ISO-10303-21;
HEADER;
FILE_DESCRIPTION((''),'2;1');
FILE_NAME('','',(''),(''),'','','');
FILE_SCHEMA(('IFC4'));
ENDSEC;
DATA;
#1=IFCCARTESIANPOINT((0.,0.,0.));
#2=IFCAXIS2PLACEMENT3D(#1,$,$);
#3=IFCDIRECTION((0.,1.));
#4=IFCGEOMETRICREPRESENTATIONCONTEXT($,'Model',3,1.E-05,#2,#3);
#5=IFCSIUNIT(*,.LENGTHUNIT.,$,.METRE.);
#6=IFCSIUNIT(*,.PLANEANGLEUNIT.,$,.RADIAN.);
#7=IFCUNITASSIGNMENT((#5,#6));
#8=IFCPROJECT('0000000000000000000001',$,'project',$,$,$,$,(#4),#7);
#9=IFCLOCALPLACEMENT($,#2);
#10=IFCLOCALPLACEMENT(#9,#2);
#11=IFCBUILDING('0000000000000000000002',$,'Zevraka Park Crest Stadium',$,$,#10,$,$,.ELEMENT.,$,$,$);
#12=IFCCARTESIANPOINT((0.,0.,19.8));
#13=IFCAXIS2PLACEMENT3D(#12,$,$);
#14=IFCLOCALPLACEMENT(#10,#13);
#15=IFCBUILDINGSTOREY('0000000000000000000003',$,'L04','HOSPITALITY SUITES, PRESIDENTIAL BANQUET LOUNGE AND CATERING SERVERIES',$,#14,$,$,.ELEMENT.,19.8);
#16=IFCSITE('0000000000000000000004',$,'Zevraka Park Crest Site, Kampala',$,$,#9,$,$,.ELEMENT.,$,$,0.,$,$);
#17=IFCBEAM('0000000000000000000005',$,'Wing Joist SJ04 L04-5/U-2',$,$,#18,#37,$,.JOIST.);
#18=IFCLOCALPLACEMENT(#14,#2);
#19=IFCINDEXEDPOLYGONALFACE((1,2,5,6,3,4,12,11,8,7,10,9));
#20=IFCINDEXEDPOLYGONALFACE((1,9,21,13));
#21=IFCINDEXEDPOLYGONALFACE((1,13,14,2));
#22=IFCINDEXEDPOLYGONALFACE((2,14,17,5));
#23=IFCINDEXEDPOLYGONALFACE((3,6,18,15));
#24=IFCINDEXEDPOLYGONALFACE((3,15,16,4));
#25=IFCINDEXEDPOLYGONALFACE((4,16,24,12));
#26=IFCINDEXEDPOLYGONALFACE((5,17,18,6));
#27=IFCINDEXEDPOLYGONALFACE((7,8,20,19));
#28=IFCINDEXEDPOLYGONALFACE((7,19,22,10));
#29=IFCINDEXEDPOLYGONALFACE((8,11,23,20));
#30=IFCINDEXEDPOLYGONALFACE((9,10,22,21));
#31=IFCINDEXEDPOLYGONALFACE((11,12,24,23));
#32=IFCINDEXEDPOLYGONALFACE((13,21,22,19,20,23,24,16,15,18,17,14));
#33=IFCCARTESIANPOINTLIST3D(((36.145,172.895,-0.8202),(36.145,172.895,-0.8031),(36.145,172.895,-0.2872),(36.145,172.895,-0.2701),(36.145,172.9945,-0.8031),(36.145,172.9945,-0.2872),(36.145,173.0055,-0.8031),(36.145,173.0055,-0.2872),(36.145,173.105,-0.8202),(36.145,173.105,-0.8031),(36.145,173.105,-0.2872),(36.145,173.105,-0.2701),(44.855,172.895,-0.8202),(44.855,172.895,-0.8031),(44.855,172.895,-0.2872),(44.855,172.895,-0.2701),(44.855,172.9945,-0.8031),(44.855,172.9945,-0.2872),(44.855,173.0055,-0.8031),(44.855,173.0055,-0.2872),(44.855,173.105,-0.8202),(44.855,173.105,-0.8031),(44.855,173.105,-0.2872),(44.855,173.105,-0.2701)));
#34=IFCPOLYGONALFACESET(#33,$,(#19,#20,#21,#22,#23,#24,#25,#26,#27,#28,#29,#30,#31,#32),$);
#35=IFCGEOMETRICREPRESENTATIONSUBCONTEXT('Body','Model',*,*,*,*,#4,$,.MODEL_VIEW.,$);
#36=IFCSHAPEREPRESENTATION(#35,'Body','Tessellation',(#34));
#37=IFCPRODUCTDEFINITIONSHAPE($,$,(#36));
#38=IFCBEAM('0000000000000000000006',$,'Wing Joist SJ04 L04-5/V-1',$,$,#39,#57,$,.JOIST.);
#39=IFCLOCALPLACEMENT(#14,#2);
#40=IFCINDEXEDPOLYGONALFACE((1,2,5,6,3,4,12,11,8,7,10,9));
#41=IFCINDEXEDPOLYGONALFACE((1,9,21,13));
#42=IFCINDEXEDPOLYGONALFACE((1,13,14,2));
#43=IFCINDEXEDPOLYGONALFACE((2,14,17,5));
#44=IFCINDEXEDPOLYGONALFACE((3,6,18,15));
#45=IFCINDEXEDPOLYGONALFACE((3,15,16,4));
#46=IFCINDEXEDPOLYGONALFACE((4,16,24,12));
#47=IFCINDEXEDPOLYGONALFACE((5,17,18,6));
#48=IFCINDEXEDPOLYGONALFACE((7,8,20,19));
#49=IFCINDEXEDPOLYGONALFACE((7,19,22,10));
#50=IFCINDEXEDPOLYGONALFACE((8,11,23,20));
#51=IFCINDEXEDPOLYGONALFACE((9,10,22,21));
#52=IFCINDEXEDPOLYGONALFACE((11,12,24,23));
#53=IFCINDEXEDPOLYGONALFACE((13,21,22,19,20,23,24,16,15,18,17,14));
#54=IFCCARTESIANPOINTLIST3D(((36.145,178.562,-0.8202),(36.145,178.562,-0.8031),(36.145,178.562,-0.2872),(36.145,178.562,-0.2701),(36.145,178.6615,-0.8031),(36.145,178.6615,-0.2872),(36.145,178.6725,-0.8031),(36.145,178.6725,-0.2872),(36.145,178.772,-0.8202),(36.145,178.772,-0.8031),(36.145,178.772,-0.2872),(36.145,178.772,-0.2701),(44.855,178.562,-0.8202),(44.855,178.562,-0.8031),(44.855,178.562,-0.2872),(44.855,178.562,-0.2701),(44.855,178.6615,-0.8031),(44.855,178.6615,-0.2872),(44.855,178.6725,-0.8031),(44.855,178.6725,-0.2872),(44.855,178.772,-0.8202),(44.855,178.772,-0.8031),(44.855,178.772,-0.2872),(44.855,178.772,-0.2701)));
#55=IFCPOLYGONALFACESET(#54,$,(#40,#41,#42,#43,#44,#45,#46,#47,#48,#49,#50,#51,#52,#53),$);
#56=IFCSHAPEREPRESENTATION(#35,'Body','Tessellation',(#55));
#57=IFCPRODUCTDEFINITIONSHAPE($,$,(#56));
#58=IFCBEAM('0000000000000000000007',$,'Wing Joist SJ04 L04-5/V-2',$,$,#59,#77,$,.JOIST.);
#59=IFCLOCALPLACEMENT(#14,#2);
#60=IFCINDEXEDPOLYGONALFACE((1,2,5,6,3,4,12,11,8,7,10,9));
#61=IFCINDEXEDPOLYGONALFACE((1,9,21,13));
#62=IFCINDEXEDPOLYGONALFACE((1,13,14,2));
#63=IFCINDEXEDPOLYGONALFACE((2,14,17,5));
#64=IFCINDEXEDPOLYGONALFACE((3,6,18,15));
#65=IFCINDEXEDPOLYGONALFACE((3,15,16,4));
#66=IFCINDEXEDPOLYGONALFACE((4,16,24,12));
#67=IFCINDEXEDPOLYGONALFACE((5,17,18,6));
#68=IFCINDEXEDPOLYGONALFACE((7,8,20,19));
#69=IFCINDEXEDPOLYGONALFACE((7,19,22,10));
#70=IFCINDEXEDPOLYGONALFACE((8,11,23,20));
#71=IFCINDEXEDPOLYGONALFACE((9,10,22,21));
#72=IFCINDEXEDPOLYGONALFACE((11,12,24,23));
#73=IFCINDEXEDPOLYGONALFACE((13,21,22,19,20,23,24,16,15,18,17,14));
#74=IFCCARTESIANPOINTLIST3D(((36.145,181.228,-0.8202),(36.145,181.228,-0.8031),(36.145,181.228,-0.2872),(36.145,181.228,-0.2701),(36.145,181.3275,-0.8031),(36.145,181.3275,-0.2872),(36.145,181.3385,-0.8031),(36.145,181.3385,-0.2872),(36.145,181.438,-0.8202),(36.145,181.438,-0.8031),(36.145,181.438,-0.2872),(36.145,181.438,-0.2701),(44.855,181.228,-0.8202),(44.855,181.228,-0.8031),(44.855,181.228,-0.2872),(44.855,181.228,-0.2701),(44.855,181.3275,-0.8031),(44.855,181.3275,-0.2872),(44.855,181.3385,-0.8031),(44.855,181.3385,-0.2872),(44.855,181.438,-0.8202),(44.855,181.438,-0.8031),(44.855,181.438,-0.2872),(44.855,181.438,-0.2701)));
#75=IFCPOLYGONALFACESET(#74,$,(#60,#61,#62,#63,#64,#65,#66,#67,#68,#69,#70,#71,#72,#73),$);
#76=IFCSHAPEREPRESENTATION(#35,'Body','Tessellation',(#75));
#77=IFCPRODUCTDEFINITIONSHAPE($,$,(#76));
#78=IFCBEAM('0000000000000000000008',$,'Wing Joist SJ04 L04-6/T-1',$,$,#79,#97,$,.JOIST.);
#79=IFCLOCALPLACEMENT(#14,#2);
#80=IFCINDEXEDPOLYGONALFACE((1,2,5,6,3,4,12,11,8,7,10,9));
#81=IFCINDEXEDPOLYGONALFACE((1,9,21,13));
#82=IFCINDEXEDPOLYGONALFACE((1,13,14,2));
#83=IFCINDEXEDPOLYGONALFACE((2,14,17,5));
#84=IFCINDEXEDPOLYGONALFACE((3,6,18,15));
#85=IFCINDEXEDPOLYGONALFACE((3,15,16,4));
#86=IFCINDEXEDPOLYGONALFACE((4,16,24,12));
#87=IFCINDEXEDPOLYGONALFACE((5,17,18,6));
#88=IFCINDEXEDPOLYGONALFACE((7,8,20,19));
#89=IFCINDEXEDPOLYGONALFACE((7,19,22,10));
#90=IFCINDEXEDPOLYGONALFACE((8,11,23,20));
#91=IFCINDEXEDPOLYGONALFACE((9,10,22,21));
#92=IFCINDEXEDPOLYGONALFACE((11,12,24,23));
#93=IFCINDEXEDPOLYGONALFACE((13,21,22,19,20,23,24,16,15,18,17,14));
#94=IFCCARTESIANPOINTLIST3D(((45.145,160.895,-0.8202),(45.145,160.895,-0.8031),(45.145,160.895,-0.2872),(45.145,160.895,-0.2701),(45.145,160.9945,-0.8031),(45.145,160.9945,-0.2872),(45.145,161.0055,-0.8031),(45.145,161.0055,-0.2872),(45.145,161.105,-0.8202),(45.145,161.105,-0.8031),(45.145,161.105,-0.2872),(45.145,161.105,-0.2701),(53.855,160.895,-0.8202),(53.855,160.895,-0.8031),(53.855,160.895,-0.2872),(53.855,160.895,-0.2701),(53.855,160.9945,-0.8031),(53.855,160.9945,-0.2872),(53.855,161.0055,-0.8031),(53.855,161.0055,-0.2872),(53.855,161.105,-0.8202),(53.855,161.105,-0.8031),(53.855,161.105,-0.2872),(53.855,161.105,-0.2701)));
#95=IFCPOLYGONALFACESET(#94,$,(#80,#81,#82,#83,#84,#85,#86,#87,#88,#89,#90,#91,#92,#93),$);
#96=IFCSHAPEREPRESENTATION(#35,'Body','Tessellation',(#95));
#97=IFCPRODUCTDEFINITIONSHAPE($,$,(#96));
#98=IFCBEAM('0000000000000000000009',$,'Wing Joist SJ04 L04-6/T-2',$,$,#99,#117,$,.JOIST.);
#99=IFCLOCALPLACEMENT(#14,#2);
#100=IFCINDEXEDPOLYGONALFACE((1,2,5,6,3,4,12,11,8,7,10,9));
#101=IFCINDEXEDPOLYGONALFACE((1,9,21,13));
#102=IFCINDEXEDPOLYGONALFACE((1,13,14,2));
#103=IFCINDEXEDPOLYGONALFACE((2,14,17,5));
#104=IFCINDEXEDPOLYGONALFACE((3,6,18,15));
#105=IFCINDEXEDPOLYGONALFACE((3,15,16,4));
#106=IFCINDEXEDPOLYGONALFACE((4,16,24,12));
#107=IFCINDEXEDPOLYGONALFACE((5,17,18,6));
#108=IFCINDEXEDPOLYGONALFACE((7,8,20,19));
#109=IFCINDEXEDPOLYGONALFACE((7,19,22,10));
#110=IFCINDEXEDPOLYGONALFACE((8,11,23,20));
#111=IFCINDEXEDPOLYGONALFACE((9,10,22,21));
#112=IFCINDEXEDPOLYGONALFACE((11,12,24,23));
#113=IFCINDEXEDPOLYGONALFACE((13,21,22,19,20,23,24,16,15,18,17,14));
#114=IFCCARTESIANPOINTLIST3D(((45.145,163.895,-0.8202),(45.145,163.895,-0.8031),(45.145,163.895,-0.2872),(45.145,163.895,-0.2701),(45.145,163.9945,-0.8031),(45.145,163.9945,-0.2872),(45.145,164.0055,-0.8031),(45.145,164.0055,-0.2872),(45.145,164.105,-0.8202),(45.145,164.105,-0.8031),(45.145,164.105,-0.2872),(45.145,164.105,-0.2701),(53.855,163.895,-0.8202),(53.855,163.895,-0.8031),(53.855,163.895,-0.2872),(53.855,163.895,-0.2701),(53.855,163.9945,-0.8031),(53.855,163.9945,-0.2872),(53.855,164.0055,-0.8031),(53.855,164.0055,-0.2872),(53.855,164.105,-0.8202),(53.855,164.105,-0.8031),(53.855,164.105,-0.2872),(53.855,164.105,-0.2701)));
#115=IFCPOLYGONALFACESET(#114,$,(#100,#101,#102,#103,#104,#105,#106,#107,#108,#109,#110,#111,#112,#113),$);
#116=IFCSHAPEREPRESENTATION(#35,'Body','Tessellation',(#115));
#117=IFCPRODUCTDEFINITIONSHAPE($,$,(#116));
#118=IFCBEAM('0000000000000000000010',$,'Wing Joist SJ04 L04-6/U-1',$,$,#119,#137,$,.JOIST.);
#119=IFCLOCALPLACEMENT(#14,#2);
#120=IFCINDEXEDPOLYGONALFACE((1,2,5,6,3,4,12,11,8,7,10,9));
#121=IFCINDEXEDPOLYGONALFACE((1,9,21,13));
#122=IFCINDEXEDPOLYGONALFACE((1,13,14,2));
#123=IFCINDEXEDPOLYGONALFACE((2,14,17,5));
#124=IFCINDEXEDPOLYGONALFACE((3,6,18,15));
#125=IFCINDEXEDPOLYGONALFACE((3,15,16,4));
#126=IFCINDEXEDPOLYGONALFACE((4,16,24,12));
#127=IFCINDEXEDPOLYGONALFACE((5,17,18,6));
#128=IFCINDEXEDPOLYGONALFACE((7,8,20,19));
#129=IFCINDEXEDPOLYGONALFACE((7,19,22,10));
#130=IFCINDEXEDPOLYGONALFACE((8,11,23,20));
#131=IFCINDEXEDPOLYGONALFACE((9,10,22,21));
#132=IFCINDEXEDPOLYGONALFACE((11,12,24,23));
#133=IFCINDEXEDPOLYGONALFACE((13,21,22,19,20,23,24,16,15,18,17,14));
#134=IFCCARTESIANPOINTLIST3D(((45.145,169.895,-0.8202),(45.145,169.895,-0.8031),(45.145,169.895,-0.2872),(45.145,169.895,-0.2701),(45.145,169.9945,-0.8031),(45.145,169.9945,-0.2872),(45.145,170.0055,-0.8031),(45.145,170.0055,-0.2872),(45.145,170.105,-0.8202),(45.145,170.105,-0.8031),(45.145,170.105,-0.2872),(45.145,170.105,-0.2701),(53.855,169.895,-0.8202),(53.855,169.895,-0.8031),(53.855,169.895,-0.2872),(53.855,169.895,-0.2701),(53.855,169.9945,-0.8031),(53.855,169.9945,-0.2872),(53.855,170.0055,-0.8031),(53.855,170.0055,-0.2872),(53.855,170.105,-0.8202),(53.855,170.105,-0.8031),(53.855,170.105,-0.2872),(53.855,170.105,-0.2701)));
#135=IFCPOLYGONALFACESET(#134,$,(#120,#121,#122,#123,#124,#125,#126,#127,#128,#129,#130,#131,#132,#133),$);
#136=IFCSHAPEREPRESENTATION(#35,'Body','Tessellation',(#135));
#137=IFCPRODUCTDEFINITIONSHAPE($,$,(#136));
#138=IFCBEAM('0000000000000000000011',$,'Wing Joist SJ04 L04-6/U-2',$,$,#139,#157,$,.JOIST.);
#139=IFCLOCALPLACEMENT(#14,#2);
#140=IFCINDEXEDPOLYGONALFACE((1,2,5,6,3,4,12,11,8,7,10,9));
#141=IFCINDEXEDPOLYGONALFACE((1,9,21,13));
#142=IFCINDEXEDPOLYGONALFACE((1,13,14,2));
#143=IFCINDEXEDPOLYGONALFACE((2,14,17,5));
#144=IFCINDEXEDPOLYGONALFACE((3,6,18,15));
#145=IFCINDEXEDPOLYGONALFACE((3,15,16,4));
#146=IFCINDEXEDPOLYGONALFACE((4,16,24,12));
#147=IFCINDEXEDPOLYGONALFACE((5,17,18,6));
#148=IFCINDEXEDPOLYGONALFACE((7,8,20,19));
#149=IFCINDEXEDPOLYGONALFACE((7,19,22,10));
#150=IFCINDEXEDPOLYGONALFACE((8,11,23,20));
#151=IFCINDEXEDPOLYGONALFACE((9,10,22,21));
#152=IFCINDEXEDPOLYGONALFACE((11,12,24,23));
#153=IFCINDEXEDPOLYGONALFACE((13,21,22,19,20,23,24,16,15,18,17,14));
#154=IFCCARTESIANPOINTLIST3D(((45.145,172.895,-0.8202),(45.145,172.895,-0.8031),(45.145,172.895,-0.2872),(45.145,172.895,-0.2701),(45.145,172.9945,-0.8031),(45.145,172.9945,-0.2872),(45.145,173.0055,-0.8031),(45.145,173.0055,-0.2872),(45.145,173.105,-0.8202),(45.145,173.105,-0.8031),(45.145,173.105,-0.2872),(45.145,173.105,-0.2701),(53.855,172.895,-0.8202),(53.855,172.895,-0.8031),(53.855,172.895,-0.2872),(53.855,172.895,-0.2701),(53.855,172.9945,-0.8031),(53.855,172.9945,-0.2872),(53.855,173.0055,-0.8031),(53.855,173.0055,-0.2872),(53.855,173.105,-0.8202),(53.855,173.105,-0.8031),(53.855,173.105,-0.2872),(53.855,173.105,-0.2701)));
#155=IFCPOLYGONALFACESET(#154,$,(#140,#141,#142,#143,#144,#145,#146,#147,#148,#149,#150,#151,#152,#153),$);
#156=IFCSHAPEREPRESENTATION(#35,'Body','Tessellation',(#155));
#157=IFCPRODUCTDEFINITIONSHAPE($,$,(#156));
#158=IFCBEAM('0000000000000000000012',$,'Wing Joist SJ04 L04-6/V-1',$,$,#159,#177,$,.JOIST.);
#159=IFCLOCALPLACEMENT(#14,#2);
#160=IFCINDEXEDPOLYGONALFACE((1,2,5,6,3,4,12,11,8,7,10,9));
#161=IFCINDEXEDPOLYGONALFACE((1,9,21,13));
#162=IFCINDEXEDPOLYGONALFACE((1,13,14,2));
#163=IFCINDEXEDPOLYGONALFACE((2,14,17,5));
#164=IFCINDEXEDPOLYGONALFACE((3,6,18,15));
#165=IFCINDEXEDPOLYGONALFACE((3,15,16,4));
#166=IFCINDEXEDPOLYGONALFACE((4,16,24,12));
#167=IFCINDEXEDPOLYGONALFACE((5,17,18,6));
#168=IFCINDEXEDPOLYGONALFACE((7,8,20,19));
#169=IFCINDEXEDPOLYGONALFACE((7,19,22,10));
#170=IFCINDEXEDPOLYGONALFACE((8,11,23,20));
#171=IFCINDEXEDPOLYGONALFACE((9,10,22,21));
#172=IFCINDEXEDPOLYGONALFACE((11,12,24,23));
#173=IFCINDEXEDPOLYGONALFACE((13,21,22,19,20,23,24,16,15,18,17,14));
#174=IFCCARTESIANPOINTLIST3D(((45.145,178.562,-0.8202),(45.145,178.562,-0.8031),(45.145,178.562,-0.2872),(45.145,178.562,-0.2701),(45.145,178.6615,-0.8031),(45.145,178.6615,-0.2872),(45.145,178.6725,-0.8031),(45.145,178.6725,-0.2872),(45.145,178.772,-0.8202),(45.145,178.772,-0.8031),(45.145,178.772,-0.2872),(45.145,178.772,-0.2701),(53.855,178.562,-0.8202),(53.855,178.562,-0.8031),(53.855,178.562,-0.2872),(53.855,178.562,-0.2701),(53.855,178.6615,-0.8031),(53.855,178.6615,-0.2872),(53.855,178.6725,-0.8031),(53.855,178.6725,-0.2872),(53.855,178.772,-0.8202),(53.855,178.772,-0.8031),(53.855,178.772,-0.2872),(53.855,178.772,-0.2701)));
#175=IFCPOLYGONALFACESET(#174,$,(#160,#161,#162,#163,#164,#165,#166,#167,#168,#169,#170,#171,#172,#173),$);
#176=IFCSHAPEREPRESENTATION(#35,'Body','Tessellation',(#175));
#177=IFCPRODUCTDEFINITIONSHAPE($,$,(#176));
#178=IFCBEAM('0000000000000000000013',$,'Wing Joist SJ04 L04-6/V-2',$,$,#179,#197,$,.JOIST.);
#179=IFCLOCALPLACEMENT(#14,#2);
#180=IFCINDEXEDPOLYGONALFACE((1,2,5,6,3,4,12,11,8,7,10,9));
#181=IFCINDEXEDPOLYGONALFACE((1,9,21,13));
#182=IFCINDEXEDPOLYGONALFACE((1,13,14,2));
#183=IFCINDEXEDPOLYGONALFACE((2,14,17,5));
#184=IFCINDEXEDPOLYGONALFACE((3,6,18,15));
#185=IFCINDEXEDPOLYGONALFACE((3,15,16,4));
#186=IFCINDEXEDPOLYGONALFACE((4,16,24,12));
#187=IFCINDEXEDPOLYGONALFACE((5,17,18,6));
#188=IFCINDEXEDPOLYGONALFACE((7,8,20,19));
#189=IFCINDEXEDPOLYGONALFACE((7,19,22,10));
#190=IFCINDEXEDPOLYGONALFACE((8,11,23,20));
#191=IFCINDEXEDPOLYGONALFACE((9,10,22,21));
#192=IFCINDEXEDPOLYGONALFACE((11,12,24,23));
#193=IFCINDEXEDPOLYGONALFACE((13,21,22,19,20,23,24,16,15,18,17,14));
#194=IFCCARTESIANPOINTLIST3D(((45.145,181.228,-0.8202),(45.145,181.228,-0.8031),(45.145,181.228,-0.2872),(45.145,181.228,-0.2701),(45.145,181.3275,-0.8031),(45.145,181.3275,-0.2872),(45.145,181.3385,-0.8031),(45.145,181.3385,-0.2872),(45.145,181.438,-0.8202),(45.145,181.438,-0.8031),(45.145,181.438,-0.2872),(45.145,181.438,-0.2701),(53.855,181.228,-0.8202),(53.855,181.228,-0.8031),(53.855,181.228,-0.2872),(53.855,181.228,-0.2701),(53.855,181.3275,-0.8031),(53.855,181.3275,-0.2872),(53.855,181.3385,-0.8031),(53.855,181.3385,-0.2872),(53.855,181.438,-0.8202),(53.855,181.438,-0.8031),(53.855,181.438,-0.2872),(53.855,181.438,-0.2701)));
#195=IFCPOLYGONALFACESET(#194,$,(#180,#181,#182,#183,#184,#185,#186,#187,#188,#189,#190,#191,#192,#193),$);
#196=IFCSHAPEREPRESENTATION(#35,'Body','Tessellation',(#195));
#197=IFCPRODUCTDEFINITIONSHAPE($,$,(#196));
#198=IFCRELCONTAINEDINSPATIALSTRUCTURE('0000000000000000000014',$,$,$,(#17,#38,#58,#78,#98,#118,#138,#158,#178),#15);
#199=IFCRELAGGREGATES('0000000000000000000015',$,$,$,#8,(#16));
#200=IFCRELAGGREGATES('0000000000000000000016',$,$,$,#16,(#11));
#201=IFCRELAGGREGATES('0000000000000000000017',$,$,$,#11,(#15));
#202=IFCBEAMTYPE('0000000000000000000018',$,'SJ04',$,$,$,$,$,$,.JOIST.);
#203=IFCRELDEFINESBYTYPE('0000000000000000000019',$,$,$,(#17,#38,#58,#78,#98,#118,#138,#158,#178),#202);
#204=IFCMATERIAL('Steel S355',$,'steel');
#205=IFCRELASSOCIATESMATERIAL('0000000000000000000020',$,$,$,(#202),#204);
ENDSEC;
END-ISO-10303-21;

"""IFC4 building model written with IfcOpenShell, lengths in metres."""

from ifc_helpers import new_model, si_unit, direction, frame, origin, origin_2d, place, context, subcontext, project, spatial, i_section, extrude, material, material_profile, profile_set, type_object, element, save


model = new_model("IFC4")

# Units and contexts
model_context = context("Model", 3, precision=1e-05, world=origin(), true_north=direction((0.0, 1.0)))
body_context = subcontext(model_context, "Body", "Model", "MODEL_VIEW")
ifc_project = project(units=[si_unit("LENGTHUNIT", "METRE"), si_unit("PLANEANGLEUNIT", "RADIAN")], contexts=[model_context])

# Site, building, storey
site_placement = place(None, origin())
site = spatial("IfcSite", under=ifc_project, at=site_placement, Name="Zevraka Park Crest Site, Kampala", CompositionType="ELEMENT", RefElevation=0.0)
building_placement = place(site_placement, origin())
building = spatial("IfcBuilding", under=site, at=building_placement, Name="Zevraka Park Crest Stadium", CompositionType="ELEMENT")
storey_placement = place(building_placement, frame((0.0, 0.0, 19.8)))
storey = spatial("IfcBuildingStorey", under=building, at=storey_placement, Name="L04", Description="HOSPITALITY SUITES, PRESIDENTIAL BANQUET LOUNGE AND CATERING SERVERIES", CompositionType="ELEMENT", Elevation=19.8)

# Beams
ifc_material_1 = material(Name="Steel S355", Category="steel")
ifc_material_profile_1 = material_profile(ifc_material_1, i_section(OverallWidth=0.21, OverallDepth=0.55, WebThickness=0.011, FlangeThickness=0.0171, at=origin_2d()), Name="IPE 550")
ifc_profile_set_1 = profile_set([ifc_material_profile_1], Name="Steel S355")
beam_type_1 = type_object("IfcBeamType", Name="SJ04", PredefinedType="JOIST", material=ifc_profile_set_1)
for number, where, z_axis, x_axis, name in (
    (1, (36.145, 173.0, -0.5452), (1.0, 0.0, 0.0), (0.0, 1.0, 0.0), "Wing Joist SJ04 L04-5/U-2"),
    (2, (36.145, 178.667, -0.5452), (1.0, 0.0, 0.0), (0.0, 1.0, 0.0), "Wing Joist SJ04 L04-5/V-1"),
    (3, (36.145, 181.333, -0.5452), (1.0, 0.0, 0.0), (0.0, 1.0, 0.0), "Wing Joist SJ04 L04-5/V-2"),
    (4, (45.145, 161.0, -0.5452), (1.0, 0.0, 0.0), (0.0, 1.0, 0.0), "Wing Joist SJ04 L04-6/T-1"),
    (5, (45.145, 164.0, -0.5452), (1.0, 0.0, 0.0), (0.0, 1.0, 0.0), "Wing Joist SJ04 L04-6/T-2"),
    (6, (45.145, 170.0, -0.5452), (1.0, 0.0, 0.0), (0.0, 1.0, 0.0), "Wing Joist SJ04 L04-6/U-1"),
    (7, (45.145, 173.0, -0.5452), (1.0, 0.0, 0.0), (0.0, 1.0, 0.0), "Wing Joist SJ04 L04-6/U-2"),
    (8, (45.145, 178.667, -0.5452), (1.0, 0.0, 0.0), (0.0, 1.0, 0.0), "Wing Joist SJ04 L04-6/V-1"),
    (9, (45.145, 181.333, -0.5452), (1.0, 0.0, 0.0), (0.0, 1.0, 0.0), "Wing Joist SJ04 L04-6/V-2"),
):
    element("IfcBeam", number, at=place(storey_placement, frame(where, z_axis=z_axis, x_axis=x_axis)), inside=storey, type_object=beam_type_1, Name=name, PredefinedType="JOIST", context=body_context, shape_type="SweptSolid", body=[
        extrude(i_section(OverallWidth=0.21, OverallDepth=0.55, WebThickness=0.011, FlangeThickness=0.0171, at=origin_2d()), origin(), (0.0, 0.0, 1.0), 8.71),
    ])

save(model, "model.ifc")
